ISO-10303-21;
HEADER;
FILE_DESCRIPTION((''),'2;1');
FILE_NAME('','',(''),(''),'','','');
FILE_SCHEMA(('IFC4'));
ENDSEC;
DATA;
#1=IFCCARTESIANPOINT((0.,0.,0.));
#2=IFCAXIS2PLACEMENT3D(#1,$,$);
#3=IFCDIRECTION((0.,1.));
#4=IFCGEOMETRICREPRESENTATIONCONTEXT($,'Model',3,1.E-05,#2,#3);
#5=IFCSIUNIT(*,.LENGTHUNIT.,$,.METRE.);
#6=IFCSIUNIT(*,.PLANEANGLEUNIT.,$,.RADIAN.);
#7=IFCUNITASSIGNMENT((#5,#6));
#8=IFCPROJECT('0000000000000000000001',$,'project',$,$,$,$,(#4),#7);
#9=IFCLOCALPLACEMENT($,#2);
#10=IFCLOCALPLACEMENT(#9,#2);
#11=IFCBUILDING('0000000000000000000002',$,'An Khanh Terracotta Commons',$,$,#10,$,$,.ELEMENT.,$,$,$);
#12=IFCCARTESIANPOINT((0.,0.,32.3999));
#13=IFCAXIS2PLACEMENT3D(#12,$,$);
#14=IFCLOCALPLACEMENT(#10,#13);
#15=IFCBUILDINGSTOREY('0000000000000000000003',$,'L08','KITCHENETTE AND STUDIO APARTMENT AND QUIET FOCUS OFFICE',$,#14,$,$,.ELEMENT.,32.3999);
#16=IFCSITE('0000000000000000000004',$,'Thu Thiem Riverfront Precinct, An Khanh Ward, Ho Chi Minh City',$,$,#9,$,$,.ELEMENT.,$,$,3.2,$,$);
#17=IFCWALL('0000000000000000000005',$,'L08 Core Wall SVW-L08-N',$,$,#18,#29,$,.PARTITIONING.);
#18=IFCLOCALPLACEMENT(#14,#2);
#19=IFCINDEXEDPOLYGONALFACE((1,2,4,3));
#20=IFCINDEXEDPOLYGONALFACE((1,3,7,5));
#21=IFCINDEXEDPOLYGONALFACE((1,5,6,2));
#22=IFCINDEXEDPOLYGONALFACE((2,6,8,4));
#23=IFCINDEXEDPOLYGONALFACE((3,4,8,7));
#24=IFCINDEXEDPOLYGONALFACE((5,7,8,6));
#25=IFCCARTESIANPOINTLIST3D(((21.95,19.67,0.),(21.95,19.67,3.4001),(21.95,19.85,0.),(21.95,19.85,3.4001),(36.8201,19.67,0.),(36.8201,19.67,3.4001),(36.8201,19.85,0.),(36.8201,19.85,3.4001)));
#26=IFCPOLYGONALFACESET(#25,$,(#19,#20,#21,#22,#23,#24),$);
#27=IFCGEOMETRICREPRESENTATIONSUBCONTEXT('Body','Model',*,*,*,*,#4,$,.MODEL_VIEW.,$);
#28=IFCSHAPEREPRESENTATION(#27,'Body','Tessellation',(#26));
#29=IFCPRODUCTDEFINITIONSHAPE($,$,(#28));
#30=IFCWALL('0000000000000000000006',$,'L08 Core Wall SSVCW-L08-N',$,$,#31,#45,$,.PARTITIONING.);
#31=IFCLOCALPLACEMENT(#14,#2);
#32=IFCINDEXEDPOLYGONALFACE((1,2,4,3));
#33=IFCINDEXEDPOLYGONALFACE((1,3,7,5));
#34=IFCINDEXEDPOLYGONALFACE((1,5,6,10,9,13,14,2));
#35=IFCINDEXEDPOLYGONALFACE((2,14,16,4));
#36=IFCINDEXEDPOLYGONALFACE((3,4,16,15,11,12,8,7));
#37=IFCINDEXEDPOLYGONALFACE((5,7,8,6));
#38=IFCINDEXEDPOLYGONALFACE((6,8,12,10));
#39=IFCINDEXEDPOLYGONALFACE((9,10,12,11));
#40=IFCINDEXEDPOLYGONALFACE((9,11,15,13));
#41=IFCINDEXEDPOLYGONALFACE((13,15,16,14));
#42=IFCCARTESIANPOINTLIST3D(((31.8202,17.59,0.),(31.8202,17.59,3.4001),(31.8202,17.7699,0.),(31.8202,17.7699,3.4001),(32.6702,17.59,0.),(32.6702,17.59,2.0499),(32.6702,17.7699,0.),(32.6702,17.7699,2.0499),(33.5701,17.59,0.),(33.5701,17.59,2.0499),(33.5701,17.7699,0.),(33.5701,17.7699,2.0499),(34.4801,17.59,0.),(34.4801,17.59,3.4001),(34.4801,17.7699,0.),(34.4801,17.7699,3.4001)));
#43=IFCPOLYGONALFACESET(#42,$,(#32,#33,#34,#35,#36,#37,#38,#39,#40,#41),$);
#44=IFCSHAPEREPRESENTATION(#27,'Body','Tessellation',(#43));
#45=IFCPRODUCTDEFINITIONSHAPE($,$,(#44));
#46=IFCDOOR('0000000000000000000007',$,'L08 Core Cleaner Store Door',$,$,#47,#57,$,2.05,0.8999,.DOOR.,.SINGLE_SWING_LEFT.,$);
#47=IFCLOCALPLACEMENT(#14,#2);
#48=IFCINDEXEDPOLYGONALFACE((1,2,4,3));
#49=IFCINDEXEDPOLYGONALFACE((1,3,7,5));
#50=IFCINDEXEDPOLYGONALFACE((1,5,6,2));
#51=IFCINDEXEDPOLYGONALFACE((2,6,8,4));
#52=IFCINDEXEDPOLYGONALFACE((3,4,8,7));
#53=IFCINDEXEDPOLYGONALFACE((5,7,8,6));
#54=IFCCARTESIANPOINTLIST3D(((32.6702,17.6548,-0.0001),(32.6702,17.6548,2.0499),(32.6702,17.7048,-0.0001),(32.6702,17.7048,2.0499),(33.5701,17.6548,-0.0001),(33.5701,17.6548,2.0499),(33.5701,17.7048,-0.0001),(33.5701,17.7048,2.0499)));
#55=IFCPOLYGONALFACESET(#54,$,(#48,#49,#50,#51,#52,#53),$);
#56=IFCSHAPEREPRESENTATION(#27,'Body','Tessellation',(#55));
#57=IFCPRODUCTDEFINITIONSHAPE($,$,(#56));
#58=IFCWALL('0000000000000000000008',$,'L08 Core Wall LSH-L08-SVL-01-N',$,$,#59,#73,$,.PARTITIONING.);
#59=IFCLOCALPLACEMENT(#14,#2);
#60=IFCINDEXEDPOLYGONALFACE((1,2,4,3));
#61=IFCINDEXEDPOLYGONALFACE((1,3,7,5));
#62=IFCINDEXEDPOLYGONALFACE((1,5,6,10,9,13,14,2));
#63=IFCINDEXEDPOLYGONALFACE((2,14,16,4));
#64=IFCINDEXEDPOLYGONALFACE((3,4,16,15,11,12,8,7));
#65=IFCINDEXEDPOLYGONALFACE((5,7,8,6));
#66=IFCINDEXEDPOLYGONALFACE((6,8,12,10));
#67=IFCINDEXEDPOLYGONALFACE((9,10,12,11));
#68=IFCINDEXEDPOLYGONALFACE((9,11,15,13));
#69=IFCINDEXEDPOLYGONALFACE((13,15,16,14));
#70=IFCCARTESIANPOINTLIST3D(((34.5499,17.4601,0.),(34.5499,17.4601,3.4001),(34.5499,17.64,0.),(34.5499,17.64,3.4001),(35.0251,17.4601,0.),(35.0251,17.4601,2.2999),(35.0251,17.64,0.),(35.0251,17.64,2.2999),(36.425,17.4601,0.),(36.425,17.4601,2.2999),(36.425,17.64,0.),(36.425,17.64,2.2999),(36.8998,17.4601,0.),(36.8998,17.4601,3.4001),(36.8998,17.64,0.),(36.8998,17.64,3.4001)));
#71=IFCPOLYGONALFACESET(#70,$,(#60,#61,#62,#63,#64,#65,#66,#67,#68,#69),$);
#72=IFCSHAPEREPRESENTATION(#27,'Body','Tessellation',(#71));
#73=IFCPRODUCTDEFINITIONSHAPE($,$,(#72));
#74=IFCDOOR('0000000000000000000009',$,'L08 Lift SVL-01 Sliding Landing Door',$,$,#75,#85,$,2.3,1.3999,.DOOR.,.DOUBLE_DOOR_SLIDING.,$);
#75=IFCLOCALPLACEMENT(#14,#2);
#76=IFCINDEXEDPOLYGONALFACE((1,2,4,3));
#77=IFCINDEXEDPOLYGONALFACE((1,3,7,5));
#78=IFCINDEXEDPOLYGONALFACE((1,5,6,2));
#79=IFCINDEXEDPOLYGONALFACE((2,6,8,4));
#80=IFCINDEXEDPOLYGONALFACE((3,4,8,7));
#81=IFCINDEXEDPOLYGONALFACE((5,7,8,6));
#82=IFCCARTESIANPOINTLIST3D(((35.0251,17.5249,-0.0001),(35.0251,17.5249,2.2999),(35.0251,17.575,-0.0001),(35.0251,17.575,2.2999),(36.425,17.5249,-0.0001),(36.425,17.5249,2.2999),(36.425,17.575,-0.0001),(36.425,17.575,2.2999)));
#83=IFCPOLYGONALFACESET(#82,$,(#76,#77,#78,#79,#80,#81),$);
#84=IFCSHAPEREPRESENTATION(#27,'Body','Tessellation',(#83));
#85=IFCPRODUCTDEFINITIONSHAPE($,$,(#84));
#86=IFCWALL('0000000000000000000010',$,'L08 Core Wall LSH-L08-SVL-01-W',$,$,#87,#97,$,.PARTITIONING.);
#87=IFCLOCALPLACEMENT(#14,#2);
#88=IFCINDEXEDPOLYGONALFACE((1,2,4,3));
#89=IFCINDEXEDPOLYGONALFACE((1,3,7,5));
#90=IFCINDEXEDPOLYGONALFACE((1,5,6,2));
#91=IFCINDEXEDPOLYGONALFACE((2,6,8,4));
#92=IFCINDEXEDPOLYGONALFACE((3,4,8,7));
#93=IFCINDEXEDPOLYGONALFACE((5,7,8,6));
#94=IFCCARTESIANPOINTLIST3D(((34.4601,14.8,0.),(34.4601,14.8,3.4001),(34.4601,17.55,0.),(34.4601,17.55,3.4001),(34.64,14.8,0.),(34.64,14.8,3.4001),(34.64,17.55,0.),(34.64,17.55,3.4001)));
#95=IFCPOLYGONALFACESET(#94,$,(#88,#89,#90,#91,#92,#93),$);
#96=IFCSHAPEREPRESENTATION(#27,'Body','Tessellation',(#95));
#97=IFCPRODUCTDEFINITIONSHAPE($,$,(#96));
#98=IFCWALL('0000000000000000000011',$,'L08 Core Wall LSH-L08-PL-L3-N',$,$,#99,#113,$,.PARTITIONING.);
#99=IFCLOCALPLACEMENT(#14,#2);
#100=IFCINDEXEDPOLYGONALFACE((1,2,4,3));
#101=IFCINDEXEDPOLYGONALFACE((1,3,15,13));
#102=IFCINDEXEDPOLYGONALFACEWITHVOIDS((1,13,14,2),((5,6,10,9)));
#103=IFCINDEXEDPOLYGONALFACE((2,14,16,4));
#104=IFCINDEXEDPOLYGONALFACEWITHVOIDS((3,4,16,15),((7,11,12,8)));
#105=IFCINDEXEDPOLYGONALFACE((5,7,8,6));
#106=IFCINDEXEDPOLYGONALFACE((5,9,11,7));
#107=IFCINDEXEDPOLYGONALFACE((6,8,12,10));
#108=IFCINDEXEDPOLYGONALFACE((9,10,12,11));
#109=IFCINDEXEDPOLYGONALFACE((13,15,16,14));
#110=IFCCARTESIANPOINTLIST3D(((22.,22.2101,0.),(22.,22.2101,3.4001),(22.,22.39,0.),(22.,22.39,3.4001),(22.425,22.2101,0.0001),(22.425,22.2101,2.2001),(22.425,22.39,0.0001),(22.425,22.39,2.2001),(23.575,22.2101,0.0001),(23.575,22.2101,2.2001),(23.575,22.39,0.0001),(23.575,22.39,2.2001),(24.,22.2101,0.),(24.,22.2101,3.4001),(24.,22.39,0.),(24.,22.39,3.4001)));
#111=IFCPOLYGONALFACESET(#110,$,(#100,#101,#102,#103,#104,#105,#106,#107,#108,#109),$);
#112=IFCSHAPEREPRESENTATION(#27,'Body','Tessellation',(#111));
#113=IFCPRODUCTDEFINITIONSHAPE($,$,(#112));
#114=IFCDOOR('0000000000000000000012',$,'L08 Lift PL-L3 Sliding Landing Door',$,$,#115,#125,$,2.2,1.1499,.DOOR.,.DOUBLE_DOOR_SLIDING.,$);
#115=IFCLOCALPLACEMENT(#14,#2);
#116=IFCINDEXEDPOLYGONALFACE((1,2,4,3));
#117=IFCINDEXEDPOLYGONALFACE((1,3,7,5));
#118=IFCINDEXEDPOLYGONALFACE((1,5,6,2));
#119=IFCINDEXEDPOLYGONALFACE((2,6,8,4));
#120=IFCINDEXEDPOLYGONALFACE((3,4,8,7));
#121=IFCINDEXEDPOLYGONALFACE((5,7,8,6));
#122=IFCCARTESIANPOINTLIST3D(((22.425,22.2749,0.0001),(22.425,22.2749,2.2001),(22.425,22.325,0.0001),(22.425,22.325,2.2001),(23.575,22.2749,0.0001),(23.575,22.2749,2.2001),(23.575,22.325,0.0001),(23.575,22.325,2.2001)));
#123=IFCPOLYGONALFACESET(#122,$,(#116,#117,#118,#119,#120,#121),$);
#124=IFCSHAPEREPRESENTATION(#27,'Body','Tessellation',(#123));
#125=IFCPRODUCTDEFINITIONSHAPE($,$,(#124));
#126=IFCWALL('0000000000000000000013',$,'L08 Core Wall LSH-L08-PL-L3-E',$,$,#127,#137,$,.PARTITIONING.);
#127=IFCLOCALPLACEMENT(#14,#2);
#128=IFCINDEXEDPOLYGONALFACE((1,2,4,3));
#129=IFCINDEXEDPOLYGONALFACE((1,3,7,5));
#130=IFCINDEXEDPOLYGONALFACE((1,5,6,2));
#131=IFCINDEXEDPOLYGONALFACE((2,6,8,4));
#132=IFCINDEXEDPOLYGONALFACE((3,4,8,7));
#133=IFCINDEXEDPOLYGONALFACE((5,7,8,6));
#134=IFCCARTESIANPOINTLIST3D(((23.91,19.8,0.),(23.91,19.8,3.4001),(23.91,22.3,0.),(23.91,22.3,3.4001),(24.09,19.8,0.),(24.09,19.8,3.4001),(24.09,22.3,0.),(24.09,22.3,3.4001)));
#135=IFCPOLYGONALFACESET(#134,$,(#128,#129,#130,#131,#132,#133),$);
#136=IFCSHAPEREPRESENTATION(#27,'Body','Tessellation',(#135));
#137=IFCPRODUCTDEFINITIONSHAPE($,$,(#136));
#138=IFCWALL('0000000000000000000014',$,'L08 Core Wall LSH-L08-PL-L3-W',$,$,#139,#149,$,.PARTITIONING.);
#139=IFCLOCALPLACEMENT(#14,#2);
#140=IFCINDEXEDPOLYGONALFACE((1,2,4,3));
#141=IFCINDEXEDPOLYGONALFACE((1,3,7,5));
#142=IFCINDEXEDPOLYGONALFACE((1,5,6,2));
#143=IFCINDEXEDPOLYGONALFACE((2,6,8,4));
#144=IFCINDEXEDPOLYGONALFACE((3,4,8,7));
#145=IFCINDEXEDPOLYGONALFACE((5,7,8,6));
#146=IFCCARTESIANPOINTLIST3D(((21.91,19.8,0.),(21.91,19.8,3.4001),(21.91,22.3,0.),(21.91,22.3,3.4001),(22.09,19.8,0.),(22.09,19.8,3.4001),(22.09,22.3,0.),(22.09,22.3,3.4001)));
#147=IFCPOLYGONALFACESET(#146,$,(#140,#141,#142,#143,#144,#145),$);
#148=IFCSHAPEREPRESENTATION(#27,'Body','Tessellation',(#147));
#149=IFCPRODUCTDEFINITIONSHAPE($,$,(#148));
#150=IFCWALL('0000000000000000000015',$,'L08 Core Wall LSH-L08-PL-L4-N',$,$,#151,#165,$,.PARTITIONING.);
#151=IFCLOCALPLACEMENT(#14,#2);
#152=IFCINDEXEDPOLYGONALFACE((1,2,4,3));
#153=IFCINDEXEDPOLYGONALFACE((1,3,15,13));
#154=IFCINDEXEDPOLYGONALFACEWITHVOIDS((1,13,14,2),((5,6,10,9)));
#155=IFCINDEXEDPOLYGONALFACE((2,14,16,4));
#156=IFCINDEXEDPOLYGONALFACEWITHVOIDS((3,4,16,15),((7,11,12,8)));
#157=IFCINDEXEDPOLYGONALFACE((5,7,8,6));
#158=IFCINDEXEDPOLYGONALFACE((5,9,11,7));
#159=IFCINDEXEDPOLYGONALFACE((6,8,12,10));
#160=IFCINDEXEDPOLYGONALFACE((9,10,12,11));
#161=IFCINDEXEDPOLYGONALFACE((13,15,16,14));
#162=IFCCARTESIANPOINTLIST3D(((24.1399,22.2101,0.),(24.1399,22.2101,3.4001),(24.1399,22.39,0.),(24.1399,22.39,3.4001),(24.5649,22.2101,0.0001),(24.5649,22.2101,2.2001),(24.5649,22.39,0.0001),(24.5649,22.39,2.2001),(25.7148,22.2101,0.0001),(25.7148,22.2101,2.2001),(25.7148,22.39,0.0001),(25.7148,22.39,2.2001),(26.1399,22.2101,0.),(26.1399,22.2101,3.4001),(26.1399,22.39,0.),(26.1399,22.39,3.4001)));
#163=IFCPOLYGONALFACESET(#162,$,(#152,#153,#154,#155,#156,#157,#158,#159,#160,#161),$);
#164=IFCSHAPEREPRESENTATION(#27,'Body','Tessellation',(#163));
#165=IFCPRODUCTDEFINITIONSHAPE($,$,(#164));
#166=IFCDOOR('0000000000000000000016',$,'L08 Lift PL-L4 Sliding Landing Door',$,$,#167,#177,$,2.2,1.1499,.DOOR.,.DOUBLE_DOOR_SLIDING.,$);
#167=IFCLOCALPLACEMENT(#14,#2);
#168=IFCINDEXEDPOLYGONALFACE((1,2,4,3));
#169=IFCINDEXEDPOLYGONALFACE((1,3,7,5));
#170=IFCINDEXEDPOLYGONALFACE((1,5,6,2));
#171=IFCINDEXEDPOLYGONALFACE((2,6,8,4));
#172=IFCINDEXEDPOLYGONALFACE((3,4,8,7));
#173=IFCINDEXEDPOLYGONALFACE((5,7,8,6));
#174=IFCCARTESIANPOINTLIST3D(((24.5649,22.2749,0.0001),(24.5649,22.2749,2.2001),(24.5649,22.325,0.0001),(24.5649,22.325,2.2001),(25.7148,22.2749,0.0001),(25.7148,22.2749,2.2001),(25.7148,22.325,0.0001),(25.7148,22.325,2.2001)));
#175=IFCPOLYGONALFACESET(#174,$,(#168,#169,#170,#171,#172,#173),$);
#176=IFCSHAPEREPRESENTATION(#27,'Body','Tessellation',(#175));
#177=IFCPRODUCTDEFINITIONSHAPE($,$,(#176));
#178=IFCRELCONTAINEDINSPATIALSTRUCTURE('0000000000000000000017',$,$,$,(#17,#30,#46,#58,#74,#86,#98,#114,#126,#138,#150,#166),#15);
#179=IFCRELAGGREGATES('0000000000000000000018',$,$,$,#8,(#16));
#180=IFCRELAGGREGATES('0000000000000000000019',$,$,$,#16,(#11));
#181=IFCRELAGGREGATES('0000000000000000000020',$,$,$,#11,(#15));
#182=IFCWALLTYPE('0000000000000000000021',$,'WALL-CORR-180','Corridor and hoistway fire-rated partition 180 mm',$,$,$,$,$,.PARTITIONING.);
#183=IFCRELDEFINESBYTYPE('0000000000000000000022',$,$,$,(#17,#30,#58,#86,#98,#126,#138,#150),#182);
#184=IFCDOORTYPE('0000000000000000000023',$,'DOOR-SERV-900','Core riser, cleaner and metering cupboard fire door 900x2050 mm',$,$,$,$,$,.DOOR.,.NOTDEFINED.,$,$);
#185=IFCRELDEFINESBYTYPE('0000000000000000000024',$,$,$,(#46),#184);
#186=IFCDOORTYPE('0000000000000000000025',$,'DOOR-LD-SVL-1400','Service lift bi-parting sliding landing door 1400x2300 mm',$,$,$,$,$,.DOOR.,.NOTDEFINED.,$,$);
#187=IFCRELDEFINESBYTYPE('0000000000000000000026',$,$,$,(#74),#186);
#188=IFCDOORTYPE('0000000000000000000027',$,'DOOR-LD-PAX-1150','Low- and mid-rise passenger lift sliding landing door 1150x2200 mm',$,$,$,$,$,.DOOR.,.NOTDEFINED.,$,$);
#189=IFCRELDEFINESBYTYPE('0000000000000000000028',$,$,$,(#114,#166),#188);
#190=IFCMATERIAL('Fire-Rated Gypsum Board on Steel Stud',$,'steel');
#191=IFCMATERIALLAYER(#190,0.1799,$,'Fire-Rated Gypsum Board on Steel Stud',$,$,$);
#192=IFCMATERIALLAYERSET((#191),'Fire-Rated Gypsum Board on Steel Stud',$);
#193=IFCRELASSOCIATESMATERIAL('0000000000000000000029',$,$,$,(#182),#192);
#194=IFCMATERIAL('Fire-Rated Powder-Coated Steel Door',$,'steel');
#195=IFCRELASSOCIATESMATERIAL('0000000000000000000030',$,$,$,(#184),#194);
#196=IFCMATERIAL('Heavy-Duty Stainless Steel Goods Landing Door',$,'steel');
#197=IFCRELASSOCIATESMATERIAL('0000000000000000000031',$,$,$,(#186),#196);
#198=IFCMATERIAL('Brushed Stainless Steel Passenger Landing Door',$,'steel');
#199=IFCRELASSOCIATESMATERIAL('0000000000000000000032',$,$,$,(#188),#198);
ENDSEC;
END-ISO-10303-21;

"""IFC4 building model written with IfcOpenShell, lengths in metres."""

from ifc_helpers import new_model, si_unit, direction, frame, frame_2d, origin, place, context, subcontext, project, spatial, rectangle, extrude, material, layer, layer_set, type_object, element, fill, save


model = new_model("IFC4")

# Units and contexts
model_context = context("Model", 3, precision=1e-05, world=origin(), true_north=direction((0.0, 1.0)))
body_context = subcontext(model_context, "Body", "Model", "MODEL_VIEW")
ifc_project = project(units=[si_unit("LENGTHUNIT", "METRE"), si_unit("PLANEANGLEUNIT", "RADIAN")], contexts=[model_context])

# Site, building, storey
site_placement = place(None, origin())
site = spatial("IfcSite", under=ifc_project, at=site_placement, Name="Thu Thiem Riverfront Precinct, An Khanh Ward, Ho Chi Minh City", CompositionType="ELEMENT", RefElevation=3.2)
building_placement = place(site_placement, origin())
building = spatial("IfcBuilding", under=site, at=building_placement, Name="An Khanh Terracotta Commons", CompositionType="ELEMENT")
storey_placement = place(building_placement, frame((0.0, 0.0, 32.3999)))
storey = spatial("IfcBuildingStorey", under=building, at=storey_placement, Name="L08", Description="KITCHENETTE AND STUDIO APARTMENT AND QUIET FOCUS OFFICE", CompositionType="ELEMENT", Elevation=32.3999)

# Wall
ifc_material_1 = material(Name="Fire-Rated Gypsum Board on Steel Stud", Category="steel")
ifc_layer_1 = layer(ifc_material_1, 0.1799, Name="Fire-Rated Gypsum Board on Steel Stud")
ifc_layer_set_1 = layer_set([ifc_layer_1], Name="Fire-Rated Gypsum Board on Steel Stud")
wall_type_1 = type_object("IfcWallType", Name="WALL-CORR-180", Description="Corridor and hoistway fire-rated partition 180 mm", PredefinedType="PARTITIONING", material=ifc_layer_set_1)
wall_1_placement = place(storey_placement, frame((21.95, 19.76, 0.0), z_axis=(0.0, 0.0, 1.0), x_axis=(1.0, 0.0, 0.0)))
element("IfcWall", 1, at=wall_1_placement, inside=storey, type_object=wall_type_1, Name="L08 Core Wall SVW-L08-N", PredefinedType="PARTITIONING", context=body_context, shape_type="SweptSolid", body=[
    extrude(rectangle(XDim=14.8701, YDim=0.1799, at=frame_2d((7.4351, 0.0))), origin(), (0.0, 0.0, 1.0), 3.4001),
])

# Walls, openings, doors
wall_2_placement = place(storey_placement, frame((31.8201, 17.6799, 0.0), z_axis=(0.0, 0.0, 1.0), x_axis=(1.0, 0.0, 0.0)))
wall_2 = element("IfcWall", 2, at=wall_2_placement, inside=storey, type_object=wall_type_1, Name="L08 Core Wall SSVCW-L08-N", PredefinedType="PARTITIONING", context=body_context, shape_type="SweptSolid", body=[
    extrude(rectangle(XDim=2.6599, YDim=0.1799, at=frame_2d((1.3301, 0.0))), origin(), (0.0, 0.0, 1.0), 3.4001),
])
opening_1_placement = place(wall_2_placement, frame((0.8501, 0.0, 0.0)))
opening_1 = element("IfcOpeningElement", 3, at=opening_1_placement, cuts=wall_2, PredefinedType="OPENING", context=body_context, shape_type="SweptSolid", body=[
    extrude(rectangle(XDim=0.8999, YDim=2.05, at=frame_2d((0.45, 1.0249))), frame((0.0, 0.0999, 0.0), z_axis=(0.0, -1.0, 0.0), x_axis=(1.0, 0.0, 0.0)), (0.0, 0.0, 1.0), 0.2),
])
ifc_material_2 = material(Name="Fire-Rated Powder-Coated Steel Door", Category="steel")
door_type_1 = type_object("IfcDoorType", Name="DOOR-SERV-900", Description="Core riser, cleaner and metering cupboard fire door 900x2050 mm", OperationType="NOTDEFINED", PredefinedType="DOOR", material=ifc_material_2)
door_1_placement = place(opening_1_placement, origin())
door_1 = element("IfcDoor", 4, at=door_1_placement, inside=storey, type_object=door_type_1, Name="L08 Core Cleaner Store Door", OperationType="SINGLE_SWING_LEFT", OverallHeight=2.05, OverallWidth=0.8999, PredefinedType="DOOR", context=body_context, shape_type="SweptSolid", body=[
    extrude(rectangle(XDim=0.8999, YDim=2.05, at=frame_2d((0.45, 1.0249))), frame((0.0, 0.0249, 0.0), z_axis=(0.0, -1.0, 0.0), x_axis=(1.0, 0.0, 0.0)), (0.0, 0.0, 1.0), 0.05),
])
fill(opening_1, door_1)
wall_3_placement = place(storey_placement, frame((34.55, 17.55, 0.0), z_axis=(0.0, 0.0, 1.0), x_axis=(1.0, 0.0, 0.0)))
wall_3 = element("IfcWall", 5, at=wall_3_placement, inside=storey, type_object=wall_type_1, Name="L08 Core Wall LSH-L08-SVL-01-N", PredefinedType="PARTITIONING", context=body_context, shape_type="SweptSolid", body=[
    extrude(rectangle(XDim=2.3499, YDim=0.1799, at=frame_2d((1.1748, 0.0))), origin(), (0.0, 0.0, 1.0), 3.4001),
])
opening_2_placement = place(wall_3_placement, frame((0.4751, 0.0, 0.0)))
opening_2 = element("IfcOpeningElement", 6, at=opening_2_placement, cuts=wall_3, PredefinedType="OPENING", context=body_context, shape_type="SweptSolid", body=[
    extrude(rectangle(XDim=1.3999, YDim=2.3, at=frame_2d((0.7, 1.1499))), frame((0.0, 0.0999, 0.0), z_axis=(0.0, -1.0, 0.0), x_axis=(1.0, 0.0, 0.0)), (0.0, 0.0, 1.0), 0.2),
])
ifc_material_3 = material(Name="Heavy-Duty Stainless Steel Goods Landing Door", Category="steel")
door_type_2 = type_object("IfcDoorType", Name="DOOR-LD-SVL-1400", Description="Service lift bi-parting sliding landing door 1400x2300 mm", OperationType="NOTDEFINED", PredefinedType="DOOR", material=ifc_material_3)
door_2_placement = place(opening_2_placement, origin())
door_2 = element("IfcDoor", 7, at=door_2_placement, inside=storey, type_object=door_type_2, Name="L08 Lift SVL-01 Sliding Landing Door", OperationType="DOUBLE_DOOR_SLIDING", OverallHeight=2.3, OverallWidth=1.3999, PredefinedType="DOOR", context=body_context, shape_type="SweptSolid", body=[
    extrude(rectangle(XDim=1.3999, YDim=2.3, at=frame_2d((0.7, 1.1499))), frame((0.0, 0.0249, 0.0), z_axis=(0.0, -1.0, 0.0), x_axis=(1.0, 0.0, 0.0)), (0.0, 0.0, 1.0), 0.05),
])
fill(opening_2, door_2)

# Wall
wall_4_placement = place(storey_placement, frame((34.55, 17.55, 0.0), z_axis=(0.0, 0.0, 1.0), x_axis=(0.0, -1.0, 0.0)))
element("IfcWall", 8, at=wall_4_placement, inside=storey, type_object=wall_type_1, Name="L08 Core Wall LSH-L08-SVL-01-W", PredefinedType="PARTITIONING", context=body_context, shape_type="SweptSolid", body=[
    extrude(rectangle(XDim=2.75, YDim=0.1799, at=frame_2d((1.375, 0.0))), origin(), (0.0, 0.0, 1.0), 3.4001),
])

# Wall, opening, door
wall_5_placement = place(storey_placement, frame((22.0, 22.3, 0.0), z_axis=(0.0, 0.0, 1.0), x_axis=(1.0, 0.0, 0.0)))
wall_5 = element("IfcWall", 9, at=wall_5_placement, inside=storey, type_object=wall_type_1, Name="L08 Core Wall LSH-L08-PL-L3-N", PredefinedType="PARTITIONING", context=body_context, shape_type="SweptSolid", body=[
    extrude(rectangle(XDim=2.0, YDim=0.1799, at=frame_2d((1.0, 0.0))), origin(), (0.0, 0.0, 1.0), 3.4001),
])
opening_3_placement = place(wall_5_placement, frame((0.425, 0.0, 0.0)))
opening_3 = element("IfcOpeningElement", 10, at=opening_3_placement, cuts=wall_5, PredefinedType="OPENING", context=body_context, shape_type="SweptSolid", body=[
    extrude(rectangle(XDim=1.1499, YDim=2.2, at=frame_2d((0.575, 1.1001))), frame((0.0, 0.0999, 0.0), z_axis=(0.0, -1.0, 0.0), x_axis=(1.0, 0.0, 0.0)), (0.0, 0.0, 1.0), 0.2),
])
ifc_material_4 = material(Name="Brushed Stainless Steel Passenger Landing Door", Category="steel")
door_type_3 = type_object("IfcDoorType", Name="DOOR-LD-PAX-1150", Description="Low- and mid-rise passenger lift sliding landing door 1150x2200 mm", OperationType="NOTDEFINED", PredefinedType="DOOR", material=ifc_material_4)
door_3_placement = place(opening_3_placement, origin())
door_3 = element("IfcDoor", 11, at=door_3_placement, inside=storey, type_object=door_type_3, Name="L08 Lift PL-L3 Sliding Landing Door", OperationType="DOUBLE_DOOR_SLIDING", OverallHeight=2.2, OverallWidth=1.1499, PredefinedType="DOOR", context=body_context, shape_type="SweptSolid", body=[
    extrude(rectangle(XDim=1.1499, YDim=2.2, at=frame_2d((0.575, 1.1001))), frame((0.0, 0.0249, 0.0), z_axis=(0.0, -1.0, 0.0), x_axis=(1.0, 0.0, 0.0)), (0.0, 0.0, 1.0), 0.05),
])
fill(opening_3, door_3)

# Walls
for number, where, z_axis, x_axis, name in (
    (12, (24.0, 19.8, 0.0), (0.0, 0.0, 1.0), (0.0, 1.0, 0.0), "L08 Core Wall LSH-L08-PL-L3-E"),
    (13, (22.0, 22.3, 0.0), (0.0, 0.0, 1.0), (0.0, -1.0, 0.0), "L08 Core Wall LSH-L08-PL-L3-W"),
):
    element("IfcWall", number, at=place(storey_placement, frame(where, z_axis=z_axis, x_axis=x_axis)), inside=storey, type_object=wall_type_1, Name=name, PredefinedType="PARTITIONING", context=body_context, shape_type="SweptSolid", body=[
        extrude(rectangle(XDim=2.5, YDim=0.1799, at=frame_2d((1.25, 0.0))), origin(), (0.0, 0.0, 1.0), 3.4001),
    ])

# Wall, opening, door
wall_6_placement = place(storey_placement, frame((24.1399, 22.3, 0.0), z_axis=(0.0, 0.0, 1.0), x_axis=(1.0, 0.0, 0.0)))
wall_6 = element("IfcWall", 14, at=wall_6_placement, inside=storey, type_object=wall_type_1, Name="L08 Core Wall LSH-L08-PL-L4-N", PredefinedType="PARTITIONING", context=body_context, shape_type="SweptSolid", body=[
    extrude(rectangle(XDim=2.0, YDim=0.1799, at=frame_2d((1.0, 0.0))), origin(), (0.0, 0.0, 1.0), 3.4001),
])
opening_4_placement = place(wall_6_placement, frame((0.425, 0.0, 0.0)))
opening_4 = element("IfcOpeningElement", 15, at=opening_4_placement, cuts=wall_6, PredefinedType="OPENING", context=body_context, shape_type="SweptSolid", body=[
    extrude(rectangle(XDim=1.1499, YDim=2.2, at=frame_2d((0.575, 1.1001))), frame((0.0, 0.0999, 0.0), z_axis=(0.0, -1.0, 0.0), x_axis=(1.0, 0.0, 0.0)), (0.0, 0.0, 1.0), 0.2),
])
door_4_placement = place(opening_4_placement, origin())
door_4 = element("IfcDoor", 16, at=door_4_placement, inside=storey, type_object=door_type_3, Name="L08 Lift PL-L4 Sliding Landing Door", OperationType="DOUBLE_DOOR_SLIDING", OverallHeight=2.2, OverallWidth=1.1499, PredefinedType="DOOR", context=body_context, shape_type="SweptSolid", body=[
    extrude(rectangle(XDim=1.1499, YDim=2.2, at=frame_2d((0.575, 1.1001))), frame((0.0, 0.0249, 0.0), z_axis=(0.0, -1.0, 0.0), x_axis=(1.0, 0.0, 0.0)), (0.0, 0.0, 1.0), 0.05),
])
fill(opening_4, door_4)

save(model, "model.ifc")
